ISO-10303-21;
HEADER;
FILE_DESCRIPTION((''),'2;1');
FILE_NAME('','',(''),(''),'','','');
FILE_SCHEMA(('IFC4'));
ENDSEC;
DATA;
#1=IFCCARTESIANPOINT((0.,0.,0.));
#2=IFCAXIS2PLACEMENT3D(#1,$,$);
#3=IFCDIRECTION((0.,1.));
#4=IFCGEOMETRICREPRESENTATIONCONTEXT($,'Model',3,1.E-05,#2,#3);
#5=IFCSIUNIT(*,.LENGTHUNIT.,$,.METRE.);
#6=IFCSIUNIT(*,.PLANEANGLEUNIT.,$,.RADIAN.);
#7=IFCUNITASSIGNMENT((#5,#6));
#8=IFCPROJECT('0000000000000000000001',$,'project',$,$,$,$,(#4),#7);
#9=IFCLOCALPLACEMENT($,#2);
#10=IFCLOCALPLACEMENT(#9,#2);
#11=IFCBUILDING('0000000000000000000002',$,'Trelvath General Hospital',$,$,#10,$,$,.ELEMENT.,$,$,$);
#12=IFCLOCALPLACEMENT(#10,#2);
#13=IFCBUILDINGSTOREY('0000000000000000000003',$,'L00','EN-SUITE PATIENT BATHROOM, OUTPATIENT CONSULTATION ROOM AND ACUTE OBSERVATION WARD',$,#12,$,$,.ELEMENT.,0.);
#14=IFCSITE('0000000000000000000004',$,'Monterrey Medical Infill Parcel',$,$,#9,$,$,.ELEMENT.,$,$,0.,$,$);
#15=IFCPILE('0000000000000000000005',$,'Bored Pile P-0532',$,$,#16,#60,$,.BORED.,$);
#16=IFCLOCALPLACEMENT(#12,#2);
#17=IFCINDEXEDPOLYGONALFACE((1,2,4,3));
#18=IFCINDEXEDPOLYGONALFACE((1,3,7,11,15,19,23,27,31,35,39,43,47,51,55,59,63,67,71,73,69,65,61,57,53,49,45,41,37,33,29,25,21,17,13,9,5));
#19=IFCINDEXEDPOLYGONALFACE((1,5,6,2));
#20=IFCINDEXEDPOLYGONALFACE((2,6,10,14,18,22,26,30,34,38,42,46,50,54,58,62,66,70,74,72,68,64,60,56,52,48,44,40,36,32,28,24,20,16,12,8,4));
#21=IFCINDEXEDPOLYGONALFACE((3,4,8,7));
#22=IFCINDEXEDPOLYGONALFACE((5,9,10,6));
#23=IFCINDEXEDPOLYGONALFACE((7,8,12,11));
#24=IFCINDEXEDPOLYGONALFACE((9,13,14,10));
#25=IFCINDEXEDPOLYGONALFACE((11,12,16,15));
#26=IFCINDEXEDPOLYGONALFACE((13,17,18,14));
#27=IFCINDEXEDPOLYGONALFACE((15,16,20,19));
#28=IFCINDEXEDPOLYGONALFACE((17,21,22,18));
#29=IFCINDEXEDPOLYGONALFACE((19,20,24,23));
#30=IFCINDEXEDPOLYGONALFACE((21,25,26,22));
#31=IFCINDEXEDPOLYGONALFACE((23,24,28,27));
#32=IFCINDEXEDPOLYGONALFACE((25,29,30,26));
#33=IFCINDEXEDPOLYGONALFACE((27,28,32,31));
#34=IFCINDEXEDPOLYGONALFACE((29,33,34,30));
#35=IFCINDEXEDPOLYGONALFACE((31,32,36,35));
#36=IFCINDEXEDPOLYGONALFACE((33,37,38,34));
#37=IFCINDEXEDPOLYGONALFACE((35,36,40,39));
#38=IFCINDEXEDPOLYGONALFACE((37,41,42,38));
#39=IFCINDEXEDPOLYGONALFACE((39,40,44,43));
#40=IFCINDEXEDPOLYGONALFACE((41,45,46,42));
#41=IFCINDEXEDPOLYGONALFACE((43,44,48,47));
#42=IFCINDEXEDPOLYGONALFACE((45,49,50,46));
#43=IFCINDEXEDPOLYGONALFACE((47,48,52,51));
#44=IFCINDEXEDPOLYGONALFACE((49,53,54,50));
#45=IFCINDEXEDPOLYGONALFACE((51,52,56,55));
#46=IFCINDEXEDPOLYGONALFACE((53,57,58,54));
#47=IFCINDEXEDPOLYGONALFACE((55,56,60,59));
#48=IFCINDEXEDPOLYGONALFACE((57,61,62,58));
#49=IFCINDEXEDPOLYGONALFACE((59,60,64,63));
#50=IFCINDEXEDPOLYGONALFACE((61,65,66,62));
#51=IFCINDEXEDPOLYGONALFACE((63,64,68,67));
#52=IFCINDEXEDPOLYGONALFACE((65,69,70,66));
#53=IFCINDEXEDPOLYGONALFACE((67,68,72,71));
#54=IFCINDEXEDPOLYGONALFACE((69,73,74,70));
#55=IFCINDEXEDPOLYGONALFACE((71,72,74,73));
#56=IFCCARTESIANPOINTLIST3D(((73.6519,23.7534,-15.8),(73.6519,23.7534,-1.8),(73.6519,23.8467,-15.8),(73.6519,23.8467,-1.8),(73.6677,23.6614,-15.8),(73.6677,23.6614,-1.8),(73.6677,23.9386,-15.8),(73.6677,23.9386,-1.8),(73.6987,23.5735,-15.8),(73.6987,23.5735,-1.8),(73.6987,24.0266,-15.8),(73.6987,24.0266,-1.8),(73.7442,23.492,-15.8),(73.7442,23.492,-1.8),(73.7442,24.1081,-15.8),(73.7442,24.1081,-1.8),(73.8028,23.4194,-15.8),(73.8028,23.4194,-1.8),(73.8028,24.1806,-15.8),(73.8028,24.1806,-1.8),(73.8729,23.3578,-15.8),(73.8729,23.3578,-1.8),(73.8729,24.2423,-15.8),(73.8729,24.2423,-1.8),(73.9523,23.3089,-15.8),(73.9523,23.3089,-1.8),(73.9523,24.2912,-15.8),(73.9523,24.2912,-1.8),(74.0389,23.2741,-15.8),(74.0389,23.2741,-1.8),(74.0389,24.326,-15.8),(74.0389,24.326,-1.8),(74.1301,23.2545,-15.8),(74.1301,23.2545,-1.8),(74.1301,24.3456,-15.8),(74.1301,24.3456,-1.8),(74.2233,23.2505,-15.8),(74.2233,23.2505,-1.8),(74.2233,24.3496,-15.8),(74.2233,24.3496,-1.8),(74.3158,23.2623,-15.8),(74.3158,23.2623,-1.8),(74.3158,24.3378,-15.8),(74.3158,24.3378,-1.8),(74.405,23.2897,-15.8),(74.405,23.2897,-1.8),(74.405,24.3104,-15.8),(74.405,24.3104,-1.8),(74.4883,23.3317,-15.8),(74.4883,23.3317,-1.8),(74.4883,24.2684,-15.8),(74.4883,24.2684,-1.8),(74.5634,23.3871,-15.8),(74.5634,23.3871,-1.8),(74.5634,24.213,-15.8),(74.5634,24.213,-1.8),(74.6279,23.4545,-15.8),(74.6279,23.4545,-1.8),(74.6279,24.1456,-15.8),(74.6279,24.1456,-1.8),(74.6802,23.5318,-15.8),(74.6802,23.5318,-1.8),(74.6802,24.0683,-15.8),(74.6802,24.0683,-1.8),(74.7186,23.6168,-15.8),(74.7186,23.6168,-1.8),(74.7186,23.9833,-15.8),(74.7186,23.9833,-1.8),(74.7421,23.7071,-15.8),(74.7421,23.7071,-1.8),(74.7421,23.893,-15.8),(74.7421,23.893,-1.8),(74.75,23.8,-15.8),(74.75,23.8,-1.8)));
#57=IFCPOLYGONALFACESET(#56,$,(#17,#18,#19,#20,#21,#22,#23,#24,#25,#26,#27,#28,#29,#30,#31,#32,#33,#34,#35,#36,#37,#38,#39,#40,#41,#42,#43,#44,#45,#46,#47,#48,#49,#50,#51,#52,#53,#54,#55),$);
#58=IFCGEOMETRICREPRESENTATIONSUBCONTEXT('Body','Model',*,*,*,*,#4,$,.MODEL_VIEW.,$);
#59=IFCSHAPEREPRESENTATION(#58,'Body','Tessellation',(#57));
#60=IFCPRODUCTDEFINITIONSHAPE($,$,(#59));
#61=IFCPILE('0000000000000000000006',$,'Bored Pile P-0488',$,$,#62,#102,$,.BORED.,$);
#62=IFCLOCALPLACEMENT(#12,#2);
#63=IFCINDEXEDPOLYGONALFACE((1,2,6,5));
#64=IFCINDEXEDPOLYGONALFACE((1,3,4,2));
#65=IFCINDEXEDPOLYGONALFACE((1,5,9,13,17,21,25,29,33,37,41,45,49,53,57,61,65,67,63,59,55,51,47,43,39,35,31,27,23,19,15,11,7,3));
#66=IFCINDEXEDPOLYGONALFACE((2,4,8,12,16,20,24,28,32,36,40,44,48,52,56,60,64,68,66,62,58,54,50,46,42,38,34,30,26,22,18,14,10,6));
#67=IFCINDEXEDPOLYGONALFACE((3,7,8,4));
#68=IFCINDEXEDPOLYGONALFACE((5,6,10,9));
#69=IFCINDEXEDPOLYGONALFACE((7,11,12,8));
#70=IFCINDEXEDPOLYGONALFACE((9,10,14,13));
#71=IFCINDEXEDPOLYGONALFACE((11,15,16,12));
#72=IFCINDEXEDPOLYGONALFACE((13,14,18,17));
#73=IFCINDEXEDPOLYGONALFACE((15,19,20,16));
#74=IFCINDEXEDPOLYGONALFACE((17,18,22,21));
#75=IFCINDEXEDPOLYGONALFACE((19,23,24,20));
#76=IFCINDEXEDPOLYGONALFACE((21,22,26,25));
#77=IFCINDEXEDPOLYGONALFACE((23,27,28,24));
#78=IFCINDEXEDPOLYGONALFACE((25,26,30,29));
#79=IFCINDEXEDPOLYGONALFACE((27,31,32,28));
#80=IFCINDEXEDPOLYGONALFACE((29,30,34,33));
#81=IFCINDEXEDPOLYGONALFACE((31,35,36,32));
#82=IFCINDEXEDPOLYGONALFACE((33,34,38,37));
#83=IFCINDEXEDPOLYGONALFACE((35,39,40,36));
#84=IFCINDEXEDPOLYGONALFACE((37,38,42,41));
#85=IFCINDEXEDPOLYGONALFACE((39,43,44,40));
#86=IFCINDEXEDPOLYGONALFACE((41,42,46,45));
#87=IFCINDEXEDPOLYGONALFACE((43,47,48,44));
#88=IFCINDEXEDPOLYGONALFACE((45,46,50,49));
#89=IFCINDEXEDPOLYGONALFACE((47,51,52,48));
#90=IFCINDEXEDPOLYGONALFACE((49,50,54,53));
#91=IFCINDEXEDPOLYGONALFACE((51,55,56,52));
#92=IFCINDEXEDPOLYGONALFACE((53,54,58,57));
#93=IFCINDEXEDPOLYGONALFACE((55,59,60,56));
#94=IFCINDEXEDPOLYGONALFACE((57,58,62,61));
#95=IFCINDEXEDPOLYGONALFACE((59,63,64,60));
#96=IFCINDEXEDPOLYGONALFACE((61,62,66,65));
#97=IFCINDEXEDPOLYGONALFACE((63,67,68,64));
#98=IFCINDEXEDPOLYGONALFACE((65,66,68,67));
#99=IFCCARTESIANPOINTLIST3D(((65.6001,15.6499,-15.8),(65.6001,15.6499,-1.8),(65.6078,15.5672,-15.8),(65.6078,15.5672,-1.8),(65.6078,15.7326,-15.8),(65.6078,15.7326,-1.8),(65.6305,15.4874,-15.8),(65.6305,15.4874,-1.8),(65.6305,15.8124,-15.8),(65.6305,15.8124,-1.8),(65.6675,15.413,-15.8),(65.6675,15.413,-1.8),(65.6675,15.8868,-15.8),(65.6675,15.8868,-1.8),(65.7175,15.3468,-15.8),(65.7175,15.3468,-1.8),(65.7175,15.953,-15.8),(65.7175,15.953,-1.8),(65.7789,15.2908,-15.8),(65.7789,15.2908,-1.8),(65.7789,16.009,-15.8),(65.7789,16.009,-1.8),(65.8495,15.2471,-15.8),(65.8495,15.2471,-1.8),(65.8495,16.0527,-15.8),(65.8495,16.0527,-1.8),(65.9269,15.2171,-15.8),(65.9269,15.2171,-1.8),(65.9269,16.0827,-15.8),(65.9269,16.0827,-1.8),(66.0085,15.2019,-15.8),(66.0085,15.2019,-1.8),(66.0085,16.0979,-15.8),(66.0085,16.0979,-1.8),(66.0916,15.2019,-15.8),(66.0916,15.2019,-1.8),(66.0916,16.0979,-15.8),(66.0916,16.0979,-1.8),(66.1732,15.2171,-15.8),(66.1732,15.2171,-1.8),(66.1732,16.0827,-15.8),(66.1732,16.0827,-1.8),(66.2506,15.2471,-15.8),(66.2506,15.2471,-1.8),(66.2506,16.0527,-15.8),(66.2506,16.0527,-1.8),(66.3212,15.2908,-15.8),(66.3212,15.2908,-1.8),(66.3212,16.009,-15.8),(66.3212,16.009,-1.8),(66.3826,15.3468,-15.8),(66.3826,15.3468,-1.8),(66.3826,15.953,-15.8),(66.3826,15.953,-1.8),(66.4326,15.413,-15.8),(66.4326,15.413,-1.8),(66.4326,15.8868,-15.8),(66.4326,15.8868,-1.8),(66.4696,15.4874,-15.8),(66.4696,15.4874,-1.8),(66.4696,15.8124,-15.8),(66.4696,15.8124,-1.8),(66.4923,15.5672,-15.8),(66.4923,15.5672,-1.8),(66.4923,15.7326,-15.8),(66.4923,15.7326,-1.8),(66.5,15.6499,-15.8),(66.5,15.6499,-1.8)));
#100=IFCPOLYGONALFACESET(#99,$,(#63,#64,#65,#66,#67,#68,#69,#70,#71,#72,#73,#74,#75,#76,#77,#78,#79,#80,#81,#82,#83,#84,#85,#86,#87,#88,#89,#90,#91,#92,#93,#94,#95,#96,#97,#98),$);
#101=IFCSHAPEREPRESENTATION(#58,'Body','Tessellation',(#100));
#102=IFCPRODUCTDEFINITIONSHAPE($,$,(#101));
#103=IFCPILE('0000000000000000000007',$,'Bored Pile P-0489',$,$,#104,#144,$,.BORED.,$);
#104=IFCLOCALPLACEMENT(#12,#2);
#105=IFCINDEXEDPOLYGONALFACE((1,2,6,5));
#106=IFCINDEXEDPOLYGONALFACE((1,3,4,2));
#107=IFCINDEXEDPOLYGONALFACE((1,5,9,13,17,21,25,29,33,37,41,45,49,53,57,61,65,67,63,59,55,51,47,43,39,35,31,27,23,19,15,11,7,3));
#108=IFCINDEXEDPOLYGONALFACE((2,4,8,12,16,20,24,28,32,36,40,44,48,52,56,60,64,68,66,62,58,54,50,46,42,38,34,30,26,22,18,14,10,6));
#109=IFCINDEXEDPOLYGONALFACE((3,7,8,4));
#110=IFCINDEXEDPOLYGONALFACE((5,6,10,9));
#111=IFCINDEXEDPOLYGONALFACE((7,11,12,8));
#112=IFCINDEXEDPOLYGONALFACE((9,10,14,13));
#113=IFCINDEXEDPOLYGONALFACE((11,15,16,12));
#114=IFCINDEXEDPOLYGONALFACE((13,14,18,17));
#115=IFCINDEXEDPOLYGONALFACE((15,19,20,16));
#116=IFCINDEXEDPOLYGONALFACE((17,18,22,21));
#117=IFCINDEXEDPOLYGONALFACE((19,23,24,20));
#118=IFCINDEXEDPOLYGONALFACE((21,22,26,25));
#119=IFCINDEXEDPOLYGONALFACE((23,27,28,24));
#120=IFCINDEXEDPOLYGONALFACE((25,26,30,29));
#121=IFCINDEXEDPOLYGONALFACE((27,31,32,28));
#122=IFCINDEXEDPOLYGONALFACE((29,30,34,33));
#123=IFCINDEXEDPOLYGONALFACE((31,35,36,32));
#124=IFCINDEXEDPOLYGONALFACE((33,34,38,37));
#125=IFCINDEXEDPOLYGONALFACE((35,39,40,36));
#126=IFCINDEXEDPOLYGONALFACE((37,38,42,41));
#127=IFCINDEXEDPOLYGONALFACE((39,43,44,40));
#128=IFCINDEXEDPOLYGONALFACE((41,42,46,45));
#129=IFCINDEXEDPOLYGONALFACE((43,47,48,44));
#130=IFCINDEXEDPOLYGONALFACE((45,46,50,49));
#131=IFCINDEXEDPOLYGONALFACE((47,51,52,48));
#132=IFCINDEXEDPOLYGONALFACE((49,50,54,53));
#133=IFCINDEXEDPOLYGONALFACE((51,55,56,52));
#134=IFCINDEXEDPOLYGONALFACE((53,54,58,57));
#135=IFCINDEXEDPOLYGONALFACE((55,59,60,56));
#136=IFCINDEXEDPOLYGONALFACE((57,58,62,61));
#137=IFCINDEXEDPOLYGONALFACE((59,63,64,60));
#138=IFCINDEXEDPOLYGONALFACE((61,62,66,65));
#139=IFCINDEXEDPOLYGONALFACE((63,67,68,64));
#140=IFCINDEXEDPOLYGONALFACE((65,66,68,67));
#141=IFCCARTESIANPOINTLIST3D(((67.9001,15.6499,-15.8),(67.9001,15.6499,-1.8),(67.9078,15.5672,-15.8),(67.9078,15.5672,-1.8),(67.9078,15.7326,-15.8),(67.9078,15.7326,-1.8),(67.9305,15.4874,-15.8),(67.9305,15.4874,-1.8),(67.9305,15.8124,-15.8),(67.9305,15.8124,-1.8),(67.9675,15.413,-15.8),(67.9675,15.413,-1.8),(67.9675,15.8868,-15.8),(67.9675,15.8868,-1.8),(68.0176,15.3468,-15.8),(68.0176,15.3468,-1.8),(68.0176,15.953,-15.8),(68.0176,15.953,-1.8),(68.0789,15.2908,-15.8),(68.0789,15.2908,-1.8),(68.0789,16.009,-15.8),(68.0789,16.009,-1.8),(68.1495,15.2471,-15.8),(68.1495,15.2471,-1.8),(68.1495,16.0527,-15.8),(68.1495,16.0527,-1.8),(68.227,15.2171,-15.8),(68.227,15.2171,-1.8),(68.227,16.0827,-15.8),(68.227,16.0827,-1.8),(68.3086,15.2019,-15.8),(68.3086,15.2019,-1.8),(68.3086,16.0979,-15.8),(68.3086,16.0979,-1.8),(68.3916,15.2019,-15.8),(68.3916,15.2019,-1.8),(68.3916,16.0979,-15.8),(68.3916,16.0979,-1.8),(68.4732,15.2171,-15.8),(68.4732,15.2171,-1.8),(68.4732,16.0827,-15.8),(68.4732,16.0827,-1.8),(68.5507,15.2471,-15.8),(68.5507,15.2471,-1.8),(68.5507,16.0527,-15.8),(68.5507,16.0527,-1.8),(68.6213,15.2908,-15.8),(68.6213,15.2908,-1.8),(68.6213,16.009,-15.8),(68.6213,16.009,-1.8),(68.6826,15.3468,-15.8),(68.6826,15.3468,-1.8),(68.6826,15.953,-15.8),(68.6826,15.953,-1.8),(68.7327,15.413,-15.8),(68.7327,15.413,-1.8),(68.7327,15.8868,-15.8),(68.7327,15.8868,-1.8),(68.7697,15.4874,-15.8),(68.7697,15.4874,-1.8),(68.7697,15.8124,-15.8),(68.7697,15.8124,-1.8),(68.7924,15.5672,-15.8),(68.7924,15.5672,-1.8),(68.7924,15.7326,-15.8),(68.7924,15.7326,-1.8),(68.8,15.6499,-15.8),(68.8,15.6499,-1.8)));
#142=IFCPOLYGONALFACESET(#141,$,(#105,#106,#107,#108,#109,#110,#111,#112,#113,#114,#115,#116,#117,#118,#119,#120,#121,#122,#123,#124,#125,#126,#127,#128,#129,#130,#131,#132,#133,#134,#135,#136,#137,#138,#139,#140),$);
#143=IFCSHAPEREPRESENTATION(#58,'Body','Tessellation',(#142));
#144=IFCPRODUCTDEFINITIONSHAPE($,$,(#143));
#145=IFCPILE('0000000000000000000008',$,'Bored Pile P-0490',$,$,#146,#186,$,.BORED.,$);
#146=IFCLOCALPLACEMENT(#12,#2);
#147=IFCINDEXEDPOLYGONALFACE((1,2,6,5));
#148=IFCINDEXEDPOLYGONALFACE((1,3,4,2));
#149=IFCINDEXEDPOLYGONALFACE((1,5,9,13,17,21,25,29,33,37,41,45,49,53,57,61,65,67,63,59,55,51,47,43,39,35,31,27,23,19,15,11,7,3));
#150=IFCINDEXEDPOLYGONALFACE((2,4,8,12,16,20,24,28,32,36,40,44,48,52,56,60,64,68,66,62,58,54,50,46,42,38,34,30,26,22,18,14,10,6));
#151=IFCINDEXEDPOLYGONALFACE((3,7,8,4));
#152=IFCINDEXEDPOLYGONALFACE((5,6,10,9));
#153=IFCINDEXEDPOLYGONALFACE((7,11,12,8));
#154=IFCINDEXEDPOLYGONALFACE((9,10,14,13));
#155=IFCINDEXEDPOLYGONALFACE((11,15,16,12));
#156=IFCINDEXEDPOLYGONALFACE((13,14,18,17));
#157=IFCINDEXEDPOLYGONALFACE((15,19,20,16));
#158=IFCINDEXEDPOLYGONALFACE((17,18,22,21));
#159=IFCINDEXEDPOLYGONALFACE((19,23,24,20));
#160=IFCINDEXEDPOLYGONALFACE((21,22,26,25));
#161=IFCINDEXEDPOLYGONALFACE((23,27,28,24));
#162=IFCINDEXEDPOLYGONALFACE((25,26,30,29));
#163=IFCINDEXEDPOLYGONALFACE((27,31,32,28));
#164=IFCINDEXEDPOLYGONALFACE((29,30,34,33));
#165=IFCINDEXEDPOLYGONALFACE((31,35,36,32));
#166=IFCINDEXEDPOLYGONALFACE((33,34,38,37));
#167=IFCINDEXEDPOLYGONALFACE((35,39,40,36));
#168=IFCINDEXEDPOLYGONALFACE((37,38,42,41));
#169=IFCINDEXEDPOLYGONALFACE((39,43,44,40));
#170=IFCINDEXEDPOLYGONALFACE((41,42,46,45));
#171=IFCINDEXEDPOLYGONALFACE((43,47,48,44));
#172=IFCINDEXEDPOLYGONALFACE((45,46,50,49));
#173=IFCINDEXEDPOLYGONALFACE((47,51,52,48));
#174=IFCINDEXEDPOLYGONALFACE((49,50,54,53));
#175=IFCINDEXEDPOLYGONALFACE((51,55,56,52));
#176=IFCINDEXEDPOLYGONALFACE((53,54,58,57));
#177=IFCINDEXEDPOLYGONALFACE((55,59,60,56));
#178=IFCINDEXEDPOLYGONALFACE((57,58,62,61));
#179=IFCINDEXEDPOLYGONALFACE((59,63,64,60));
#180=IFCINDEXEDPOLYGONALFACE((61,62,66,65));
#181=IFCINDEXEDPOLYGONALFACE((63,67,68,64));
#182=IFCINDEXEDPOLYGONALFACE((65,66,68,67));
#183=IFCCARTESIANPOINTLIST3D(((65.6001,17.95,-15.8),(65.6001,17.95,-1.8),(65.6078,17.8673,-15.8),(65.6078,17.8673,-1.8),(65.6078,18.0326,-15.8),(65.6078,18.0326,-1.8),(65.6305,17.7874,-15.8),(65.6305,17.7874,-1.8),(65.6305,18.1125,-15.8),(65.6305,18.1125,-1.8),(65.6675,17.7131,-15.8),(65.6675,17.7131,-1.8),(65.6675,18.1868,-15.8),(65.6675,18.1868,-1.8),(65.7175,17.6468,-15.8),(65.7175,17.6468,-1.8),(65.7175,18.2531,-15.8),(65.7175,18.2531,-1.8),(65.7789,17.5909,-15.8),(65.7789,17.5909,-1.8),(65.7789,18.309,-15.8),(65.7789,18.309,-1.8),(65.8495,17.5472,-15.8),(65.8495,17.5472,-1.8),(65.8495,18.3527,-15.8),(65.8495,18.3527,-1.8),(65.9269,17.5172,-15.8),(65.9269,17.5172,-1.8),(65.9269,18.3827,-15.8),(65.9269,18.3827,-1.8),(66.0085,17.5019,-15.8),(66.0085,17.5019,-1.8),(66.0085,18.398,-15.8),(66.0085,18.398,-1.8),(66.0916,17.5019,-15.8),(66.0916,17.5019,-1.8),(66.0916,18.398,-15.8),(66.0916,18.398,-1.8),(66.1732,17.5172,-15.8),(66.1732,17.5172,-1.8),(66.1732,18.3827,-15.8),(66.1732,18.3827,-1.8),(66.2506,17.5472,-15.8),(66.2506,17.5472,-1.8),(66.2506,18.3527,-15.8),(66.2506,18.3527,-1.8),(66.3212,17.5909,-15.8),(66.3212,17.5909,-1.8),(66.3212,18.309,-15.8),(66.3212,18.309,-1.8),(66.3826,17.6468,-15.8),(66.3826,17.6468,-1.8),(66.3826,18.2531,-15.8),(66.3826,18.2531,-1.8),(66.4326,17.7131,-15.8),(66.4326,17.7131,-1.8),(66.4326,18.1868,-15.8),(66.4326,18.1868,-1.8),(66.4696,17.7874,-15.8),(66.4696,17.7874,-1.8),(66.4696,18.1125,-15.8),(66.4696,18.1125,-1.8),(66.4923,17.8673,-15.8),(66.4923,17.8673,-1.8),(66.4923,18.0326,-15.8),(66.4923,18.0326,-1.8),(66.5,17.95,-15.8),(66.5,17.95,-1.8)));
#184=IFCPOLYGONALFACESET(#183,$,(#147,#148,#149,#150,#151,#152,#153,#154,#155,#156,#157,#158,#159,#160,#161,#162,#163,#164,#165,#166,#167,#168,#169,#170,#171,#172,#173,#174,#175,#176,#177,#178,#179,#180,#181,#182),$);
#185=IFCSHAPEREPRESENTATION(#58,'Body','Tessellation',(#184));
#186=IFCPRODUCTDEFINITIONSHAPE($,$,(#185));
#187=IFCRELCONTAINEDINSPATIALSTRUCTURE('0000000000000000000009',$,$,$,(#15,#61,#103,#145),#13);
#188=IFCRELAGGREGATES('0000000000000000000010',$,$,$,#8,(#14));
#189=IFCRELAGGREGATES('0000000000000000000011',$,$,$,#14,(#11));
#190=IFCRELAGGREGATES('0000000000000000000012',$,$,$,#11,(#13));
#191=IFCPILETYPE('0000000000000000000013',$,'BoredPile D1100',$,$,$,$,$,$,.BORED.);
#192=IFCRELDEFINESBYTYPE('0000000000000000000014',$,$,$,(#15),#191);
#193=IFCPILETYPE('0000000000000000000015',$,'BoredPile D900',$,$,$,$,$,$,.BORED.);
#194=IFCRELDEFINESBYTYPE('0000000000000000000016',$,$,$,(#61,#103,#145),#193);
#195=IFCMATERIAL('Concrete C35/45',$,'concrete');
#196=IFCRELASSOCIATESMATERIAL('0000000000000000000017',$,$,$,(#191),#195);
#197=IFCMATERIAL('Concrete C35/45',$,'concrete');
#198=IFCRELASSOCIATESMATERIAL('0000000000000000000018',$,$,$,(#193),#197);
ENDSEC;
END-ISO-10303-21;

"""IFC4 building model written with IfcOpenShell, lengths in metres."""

from ifc_helpers import new_model, si_unit, direction, frame, origin, origin_2d, place, context, subcontext, project, spatial, circle, extrude, material, material_profile, profile_set, type_object, element, save


model = new_model("IFC4")

# Units and contexts
model_context = context("Model", 3, precision=1e-05, world=origin(), true_north=direction((0.0, 1.0)))
body_context = subcontext(model_context, "Body", "Model", "MODEL_VIEW")
ifc_project = project(units=[si_unit("LENGTHUNIT", "METRE"), si_unit("PLANEANGLEUNIT", "RADIAN")], contexts=[model_context])

# Site, building, storey
site_placement = place(None, origin())
site = spatial("IfcSite", under=ifc_project, at=site_placement, Name="Monterrey Medical Infill Parcel", CompositionType="ELEMENT", RefElevation=0.0)
building_placement = place(site_placement, origin())
building = spatial("IfcBuilding", under=site, at=building_placement, Name="Trelvath General Hospital", CompositionType="ELEMENT")
storey_placement = place(building_placement, origin())
storey = spatial("IfcBuildingStorey", under=building, at=storey_placement, Name="L00", Description="EN-SUITE PATIENT BATHROOM, OUTPATIENT CONSULTATION ROOM AND ACUTE OBSERVATION WARD", CompositionType="ELEMENT", Elevation=0.0)

# Piles
ifc_material_1 = material(Name="Concrete C35/45", Category="concrete")
ifc_material_profile_1 = material_profile(ifc_material_1, circle(Radius=0.55, at=origin_2d()), Name="PILE1100")
ifc_profile_set_1 = profile_set([ifc_material_profile_1], Name="Concrete C35/45")
pile_type_1 = type_object("IfcPileType", Name="BoredPile D1100", PredefinedType="BORED", material=ifc_profile_set_1)
for number, where, z_axis, x_axis, name in (
    (1, (74.2, 23.8, -1.8), (0.0, 0.0, -1.0), (1.0, 0.0, 0.0), "Bored Pile P-0532"),
):
    element("IfcPile", number, at=place(storey_placement, frame(where, z_axis=z_axis, x_axis=x_axis)), inside=storey, type_object=pile_type_1, Name=name, PredefinedType="BORED", context=body_context, shape_type="SweptSolid", body=[
        extrude(circle(Radius=0.55, at=origin_2d()), origin(), (0.0, 0.0, 1.0), 14.0),
    ])
ifc_material_2 = material(Name="Concrete C35/45", Category="concrete")
ifc_material_profile_2 = material_profile(ifc_material_2, circle(Radius=0.45, at=origin_2d()), Name="PILE900")
ifc_profile_set_2 = profile_set([ifc_material_profile_2], Name="Concrete C35/45")
pile_type_2 = type_object("IfcPileType", Name="BoredPile D900", PredefinedType="BORED", material=ifc_profile_set_2)
for number, where, z_axis, x_axis, name in (
    (2, (66.05, 15.6499, -1.8), (0.0, 0.0, -1.0), (1.0, 0.0, 0.0), "Bored Pile P-0488"),
    (3, (68.3501, 15.6499, -1.8), (0.0, 0.0, -1.0), (1.0, 0.0, 0.0), "Bored Pile P-0489"),
    (4, (66.05, 17.95, -1.8), (0.0, 0.0, -1.0), (1.0, 0.0, 0.0), "Bored Pile P-0490"),
):
    element("IfcPile", number, at=place(storey_placement, frame(where, z_axis=z_axis, x_axis=x_axis)), inside=storey, type_object=pile_type_2, Name=name, PredefinedType="BORED", context=body_context, shape_type="SweptSolid", body=[
        extrude(circle(Radius=0.45, at=origin_2d()), origin(), (0.0, 0.0, 1.0), 14.0),
    ])

save(model, "model.ifc")
